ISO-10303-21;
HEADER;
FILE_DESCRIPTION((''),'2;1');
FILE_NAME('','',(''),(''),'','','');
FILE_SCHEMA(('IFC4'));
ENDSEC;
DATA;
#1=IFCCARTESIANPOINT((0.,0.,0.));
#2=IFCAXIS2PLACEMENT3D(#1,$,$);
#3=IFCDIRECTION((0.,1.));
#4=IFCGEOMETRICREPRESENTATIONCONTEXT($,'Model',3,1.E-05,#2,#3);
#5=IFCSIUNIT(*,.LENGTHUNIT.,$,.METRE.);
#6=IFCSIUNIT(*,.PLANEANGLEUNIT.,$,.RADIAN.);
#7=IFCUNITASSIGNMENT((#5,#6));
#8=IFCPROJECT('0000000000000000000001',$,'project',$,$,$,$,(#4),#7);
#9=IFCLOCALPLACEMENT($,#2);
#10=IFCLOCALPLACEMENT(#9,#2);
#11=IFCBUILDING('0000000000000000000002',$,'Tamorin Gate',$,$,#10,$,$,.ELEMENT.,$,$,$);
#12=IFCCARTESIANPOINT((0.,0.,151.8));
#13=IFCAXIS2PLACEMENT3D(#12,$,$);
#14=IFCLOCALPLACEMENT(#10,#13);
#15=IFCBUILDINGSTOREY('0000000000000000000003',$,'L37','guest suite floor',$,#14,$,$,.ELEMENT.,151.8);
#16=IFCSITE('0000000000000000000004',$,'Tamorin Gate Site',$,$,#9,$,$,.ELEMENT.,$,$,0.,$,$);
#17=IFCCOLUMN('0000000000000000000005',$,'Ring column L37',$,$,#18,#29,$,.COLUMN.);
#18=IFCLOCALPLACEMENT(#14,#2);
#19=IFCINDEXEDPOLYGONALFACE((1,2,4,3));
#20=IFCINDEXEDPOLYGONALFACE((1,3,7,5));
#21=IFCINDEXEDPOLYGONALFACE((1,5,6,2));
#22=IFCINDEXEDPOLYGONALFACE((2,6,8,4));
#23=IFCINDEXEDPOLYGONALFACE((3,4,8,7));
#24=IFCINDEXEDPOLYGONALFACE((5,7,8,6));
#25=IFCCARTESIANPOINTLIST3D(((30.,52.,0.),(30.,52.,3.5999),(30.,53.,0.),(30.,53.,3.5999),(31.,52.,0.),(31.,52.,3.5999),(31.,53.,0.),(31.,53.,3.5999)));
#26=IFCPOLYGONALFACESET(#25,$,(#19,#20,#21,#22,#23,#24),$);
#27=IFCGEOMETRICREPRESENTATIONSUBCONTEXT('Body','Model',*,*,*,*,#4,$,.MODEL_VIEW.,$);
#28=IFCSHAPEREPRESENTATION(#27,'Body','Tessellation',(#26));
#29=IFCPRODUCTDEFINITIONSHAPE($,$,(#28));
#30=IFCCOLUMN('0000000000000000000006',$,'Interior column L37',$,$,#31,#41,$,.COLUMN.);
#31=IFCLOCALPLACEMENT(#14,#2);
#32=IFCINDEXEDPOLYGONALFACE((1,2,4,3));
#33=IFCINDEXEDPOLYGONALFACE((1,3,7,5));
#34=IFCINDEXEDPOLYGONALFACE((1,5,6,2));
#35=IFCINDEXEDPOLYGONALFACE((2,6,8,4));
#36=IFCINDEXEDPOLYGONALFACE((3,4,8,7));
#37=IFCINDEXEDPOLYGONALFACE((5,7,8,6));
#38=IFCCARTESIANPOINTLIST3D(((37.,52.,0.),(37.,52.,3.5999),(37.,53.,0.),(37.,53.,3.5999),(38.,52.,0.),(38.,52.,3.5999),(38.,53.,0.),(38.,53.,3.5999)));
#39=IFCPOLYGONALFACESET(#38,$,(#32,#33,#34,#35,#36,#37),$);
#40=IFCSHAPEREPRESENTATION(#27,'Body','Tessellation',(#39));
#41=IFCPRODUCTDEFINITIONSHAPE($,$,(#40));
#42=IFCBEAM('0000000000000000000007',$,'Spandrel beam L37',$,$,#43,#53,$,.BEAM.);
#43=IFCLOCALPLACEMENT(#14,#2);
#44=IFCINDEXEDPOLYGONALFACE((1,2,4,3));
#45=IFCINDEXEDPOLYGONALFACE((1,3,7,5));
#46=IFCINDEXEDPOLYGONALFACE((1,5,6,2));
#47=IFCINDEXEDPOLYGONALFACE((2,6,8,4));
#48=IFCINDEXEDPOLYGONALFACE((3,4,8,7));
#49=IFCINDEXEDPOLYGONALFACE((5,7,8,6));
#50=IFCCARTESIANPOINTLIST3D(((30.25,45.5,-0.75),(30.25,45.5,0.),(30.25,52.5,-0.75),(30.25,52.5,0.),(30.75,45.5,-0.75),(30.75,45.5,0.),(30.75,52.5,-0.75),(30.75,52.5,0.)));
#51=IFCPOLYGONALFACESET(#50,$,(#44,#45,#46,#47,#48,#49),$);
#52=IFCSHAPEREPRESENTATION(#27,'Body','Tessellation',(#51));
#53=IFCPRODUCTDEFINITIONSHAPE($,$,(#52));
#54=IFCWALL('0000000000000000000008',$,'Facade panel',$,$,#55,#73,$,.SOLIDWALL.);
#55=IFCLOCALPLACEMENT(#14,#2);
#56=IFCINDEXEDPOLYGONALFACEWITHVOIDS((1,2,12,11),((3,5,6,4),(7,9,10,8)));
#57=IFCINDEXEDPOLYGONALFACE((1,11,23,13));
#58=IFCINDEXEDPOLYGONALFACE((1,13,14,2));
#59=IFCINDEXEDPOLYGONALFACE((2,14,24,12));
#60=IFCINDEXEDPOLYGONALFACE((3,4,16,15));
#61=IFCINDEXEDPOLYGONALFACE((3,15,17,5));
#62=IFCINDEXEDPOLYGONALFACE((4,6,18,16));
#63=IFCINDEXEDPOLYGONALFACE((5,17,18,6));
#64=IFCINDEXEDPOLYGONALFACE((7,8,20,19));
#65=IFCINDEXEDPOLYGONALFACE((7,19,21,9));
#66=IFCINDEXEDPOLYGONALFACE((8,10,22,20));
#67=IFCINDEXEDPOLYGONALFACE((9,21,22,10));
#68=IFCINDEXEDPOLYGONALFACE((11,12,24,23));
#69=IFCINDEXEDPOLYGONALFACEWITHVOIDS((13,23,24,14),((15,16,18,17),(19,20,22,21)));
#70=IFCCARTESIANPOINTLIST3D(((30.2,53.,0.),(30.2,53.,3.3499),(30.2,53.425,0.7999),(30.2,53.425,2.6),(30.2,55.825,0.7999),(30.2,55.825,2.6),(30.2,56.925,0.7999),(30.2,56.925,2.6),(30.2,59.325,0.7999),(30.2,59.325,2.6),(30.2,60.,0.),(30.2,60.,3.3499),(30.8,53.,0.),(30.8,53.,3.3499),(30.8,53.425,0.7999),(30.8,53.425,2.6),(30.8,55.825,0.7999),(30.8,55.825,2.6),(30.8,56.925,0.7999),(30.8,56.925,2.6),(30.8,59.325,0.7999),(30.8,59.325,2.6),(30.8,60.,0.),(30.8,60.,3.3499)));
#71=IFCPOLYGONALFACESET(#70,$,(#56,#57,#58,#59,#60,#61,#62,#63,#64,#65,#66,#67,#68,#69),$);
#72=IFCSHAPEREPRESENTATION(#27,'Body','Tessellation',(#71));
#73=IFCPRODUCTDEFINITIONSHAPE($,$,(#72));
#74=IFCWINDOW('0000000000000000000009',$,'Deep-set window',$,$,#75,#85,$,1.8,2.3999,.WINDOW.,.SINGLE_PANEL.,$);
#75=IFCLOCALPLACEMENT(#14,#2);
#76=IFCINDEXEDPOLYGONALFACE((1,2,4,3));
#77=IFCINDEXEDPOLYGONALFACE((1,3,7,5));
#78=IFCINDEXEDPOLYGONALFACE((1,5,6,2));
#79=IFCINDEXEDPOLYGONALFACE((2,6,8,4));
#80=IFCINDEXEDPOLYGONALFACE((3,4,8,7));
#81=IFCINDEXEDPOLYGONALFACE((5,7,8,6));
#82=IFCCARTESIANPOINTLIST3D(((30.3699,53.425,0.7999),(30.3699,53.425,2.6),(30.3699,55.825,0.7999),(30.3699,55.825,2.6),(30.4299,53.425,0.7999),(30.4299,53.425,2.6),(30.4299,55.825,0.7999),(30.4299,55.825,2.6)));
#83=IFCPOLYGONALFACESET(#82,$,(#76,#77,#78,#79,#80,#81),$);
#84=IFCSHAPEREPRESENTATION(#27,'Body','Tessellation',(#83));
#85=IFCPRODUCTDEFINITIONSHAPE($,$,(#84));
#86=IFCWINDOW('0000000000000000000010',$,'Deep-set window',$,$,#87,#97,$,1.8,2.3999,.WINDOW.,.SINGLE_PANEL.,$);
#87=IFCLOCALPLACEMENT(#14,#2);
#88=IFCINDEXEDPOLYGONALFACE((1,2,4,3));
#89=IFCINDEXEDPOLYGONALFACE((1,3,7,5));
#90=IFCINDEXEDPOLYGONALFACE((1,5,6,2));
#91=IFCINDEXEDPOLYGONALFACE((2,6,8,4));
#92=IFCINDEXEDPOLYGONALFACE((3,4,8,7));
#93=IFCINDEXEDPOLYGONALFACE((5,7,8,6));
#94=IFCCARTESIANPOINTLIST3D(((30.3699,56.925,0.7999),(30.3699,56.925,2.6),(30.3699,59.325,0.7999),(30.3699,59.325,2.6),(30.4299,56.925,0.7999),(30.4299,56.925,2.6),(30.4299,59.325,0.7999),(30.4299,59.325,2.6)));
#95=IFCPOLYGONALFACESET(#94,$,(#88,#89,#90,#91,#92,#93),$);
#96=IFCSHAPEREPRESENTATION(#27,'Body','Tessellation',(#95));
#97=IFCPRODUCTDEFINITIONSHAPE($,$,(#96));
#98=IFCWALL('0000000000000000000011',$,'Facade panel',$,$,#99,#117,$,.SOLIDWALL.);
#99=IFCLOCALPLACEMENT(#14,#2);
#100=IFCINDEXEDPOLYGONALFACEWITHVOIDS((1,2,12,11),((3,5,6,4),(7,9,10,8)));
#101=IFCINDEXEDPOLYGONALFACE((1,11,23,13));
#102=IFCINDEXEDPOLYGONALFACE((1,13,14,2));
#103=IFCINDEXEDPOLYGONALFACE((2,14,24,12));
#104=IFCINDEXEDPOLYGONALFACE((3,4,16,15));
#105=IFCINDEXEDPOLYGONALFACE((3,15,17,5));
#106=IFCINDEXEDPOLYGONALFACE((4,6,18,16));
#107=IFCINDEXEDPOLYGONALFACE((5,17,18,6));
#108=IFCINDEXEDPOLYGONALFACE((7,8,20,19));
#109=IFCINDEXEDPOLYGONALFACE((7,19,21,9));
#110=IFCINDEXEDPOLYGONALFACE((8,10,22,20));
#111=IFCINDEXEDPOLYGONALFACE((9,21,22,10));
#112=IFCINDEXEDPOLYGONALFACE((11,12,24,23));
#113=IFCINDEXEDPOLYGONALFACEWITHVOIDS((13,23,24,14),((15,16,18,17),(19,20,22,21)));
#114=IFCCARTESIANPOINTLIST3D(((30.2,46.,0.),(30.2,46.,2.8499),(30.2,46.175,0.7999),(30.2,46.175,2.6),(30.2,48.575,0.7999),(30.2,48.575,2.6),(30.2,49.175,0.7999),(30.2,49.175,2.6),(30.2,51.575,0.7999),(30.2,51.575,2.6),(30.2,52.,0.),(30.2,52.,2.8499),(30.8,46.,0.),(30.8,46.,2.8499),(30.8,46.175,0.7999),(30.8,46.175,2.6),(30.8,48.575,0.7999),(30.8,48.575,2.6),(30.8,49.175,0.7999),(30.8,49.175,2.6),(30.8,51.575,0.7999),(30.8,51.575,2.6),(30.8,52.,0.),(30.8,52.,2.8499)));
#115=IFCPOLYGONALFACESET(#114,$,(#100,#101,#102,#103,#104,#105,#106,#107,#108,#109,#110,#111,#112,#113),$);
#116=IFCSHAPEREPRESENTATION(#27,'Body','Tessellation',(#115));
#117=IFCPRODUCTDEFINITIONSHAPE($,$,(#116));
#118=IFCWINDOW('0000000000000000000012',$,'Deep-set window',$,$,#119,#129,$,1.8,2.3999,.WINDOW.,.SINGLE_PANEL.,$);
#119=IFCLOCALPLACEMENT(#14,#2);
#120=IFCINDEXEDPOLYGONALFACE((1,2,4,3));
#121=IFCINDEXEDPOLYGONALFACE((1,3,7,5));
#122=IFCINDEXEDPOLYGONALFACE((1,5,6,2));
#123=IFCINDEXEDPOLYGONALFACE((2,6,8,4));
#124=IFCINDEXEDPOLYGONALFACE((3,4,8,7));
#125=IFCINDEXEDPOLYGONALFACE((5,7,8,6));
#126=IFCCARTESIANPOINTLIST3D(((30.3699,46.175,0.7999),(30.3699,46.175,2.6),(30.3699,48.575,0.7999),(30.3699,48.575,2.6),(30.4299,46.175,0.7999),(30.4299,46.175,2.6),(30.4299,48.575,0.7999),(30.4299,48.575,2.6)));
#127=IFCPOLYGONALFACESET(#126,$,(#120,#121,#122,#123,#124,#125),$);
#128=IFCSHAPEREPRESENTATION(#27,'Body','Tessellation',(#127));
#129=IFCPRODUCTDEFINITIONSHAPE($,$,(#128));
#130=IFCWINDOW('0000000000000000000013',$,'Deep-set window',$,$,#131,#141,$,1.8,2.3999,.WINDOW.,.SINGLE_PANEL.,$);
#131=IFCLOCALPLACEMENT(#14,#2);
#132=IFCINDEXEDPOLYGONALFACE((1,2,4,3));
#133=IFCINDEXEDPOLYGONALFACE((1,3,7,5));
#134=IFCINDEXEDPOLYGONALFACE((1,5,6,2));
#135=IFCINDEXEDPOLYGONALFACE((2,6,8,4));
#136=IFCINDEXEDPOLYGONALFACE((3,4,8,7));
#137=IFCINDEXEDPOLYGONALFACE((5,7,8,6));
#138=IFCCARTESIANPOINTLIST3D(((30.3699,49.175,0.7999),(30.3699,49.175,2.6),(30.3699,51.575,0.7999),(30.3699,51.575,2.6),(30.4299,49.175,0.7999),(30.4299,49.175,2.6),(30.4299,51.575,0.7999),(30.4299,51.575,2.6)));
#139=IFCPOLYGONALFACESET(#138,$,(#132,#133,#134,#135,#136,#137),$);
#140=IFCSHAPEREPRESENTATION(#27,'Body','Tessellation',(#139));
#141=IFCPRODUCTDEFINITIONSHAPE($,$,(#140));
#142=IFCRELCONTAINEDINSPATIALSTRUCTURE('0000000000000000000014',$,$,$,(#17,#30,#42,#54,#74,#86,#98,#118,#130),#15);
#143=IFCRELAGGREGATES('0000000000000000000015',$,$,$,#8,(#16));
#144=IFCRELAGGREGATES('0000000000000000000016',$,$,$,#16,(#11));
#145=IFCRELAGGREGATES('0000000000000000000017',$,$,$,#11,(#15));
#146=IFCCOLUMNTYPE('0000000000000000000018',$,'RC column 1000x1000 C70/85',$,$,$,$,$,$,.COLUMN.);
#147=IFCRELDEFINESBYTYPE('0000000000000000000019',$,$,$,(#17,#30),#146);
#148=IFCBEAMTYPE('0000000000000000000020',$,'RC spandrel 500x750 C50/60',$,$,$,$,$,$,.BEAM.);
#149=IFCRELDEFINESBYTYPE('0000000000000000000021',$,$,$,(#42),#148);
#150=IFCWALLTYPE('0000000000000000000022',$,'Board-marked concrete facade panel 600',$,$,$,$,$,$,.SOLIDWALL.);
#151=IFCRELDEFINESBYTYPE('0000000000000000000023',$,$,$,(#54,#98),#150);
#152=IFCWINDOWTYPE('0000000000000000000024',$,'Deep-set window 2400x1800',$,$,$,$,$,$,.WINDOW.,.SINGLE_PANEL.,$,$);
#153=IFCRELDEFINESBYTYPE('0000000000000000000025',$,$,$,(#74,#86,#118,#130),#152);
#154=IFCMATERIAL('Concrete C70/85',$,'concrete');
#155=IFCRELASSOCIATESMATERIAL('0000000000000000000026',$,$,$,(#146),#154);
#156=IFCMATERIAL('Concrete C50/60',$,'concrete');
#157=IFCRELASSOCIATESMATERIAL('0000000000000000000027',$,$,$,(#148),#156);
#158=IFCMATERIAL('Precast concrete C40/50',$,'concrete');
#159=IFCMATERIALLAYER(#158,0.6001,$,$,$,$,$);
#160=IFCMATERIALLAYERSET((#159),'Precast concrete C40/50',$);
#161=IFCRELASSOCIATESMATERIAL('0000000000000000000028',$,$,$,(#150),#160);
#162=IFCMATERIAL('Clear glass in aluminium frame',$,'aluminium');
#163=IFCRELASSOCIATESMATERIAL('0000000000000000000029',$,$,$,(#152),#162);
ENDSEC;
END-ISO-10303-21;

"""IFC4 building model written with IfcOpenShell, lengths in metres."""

from ifc_helpers import new_model, si_unit, direction, frame, frame_2d, origin, origin_2d, place, context, subcontext, project, spatial, rectangle, extrude, material, layer, layer_set, material_profile, profile_set, type_object, element, fill, save


model = new_model("IFC4")

# Units and contexts
model_context = context("Model", 3, precision=1e-05, world=origin(), true_north=direction((0.0, 1.0)))
body_context = subcontext(model_context, "Body", "Model", "MODEL_VIEW")
ifc_project = project(units=[si_unit("LENGTHUNIT", "METRE"), si_unit("PLANEANGLEUNIT", "RADIAN")], contexts=[model_context])

# Site, building, storey
site_placement = place(None, origin())
site = spatial("IfcSite", under=ifc_project, at=site_placement, Name="Tamorin Gate Site", CompositionType="ELEMENT", RefElevation=0.0)
building_placement = place(site_placement, origin())
building = spatial("IfcBuilding", under=site, at=building_placement, Name="Tamorin Gate", CompositionType="ELEMENT")
storey_placement = place(building_placement, frame((0.0, 0.0, 151.8)))
storey = spatial("IfcBuildingStorey", under=building, at=storey_placement, Name="L37", Description="guest suite floor", CompositionType="ELEMENT", Elevation=151.8)

# Columns
ifc_material_1 = material(Name="Concrete C70/85", Category="concrete")
ifc_material_profile_1 = material_profile(ifc_material_1, rectangle(XDim=1.0, YDim=1.0, at=origin_2d()), Name="RC 1000x1000")
ifc_profile_set_1 = profile_set([ifc_material_profile_1], Name="Concrete C70/85")
column_type = type_object("IfcColumnType", Name="RC column 1000x1000 C70/85", PredefinedType="COLUMN", material=ifc_profile_set_1)
for number, where, z_axis, x_axis, name in (
    (1, (30.5, 52.5, 0.0), (0.0, 0.0, 1.0), (1.0, 0.0, 0.0), "Ring column L37"),
    (2, (37.5, 52.5, 0.0), (0.0, 0.0, 1.0), (1.0, 0.0, 0.0), "Interior column L37"),
):
    element("IfcColumn", number, at=place(storey_placement, frame(where, z_axis=z_axis, x_axis=x_axis)), inside=storey, type_object=column_type, Name=name, PredefinedType="COLUMN", context=body_context, shape_type="SweptSolid", body=[
        extrude(rectangle(XDim=1.0, YDim=1.0, at=origin_2d()), origin(), (0.0, 0.0, 1.0), 3.5999),
    ])

# Beam
ifc_material_2 = material(Name="Concrete C50/60", Category="concrete")
ifc_material_profile_2 = material_profile(ifc_material_2, rectangle(XDim=0.5, YDim=0.75, at=origin_2d()), Name="RC 500x750")
ifc_profile_set_2 = profile_set([ifc_material_profile_2], Name="Concrete C50/60")
beam_type = type_object("IfcBeamType", Name="RC spandrel 500x750 C50/60", PredefinedType="BEAM", material=ifc_profile_set_2)
beam_placement = place(storey_placement, frame((30.5, 52.5, -0.375), z_axis=(0.0, -1.0, 0.0), x_axis=(1.0, 0.0, 0.0)))
element("IfcBeam", 3, at=beam_placement, inside=storey, type_object=beam_type, Name="Spandrel beam L37", PredefinedType="BEAM", context=body_context, shape_type="SweptSolid", body=[
    extrude(rectangle(XDim=0.5, YDim=0.75, at=origin_2d()), origin(), (0.0, 0.0, 1.0), 7.0),
])

# Walls, openings, windows
ifc_material_3 = material(Name="Precast concrete C40/50", Category="concrete")
ifc_layer_1 = layer(ifc_material_3, 0.6001)
ifc_layer_set_1 = layer_set([ifc_layer_1], Name="Precast concrete C40/50")
wall_type_1 = type_object("IfcWallType", Name="Board-marked concrete facade panel 600", PredefinedType="SOLIDWALL", material=ifc_layer_set_1)
wall_1_placement = place(storey_placement, frame((30.5, 60.0, 0.0), z_axis=(0.0, 0.0, 1.0), x_axis=(0.0, -1.0, 0.0)))
wall_1 = element("IfcWall", 4, at=wall_1_placement, inside=storey, type_object=wall_type_1, Name="Facade panel", PredefinedType="SOLIDWALL", context=body_context, shape_type="SweptSolid", body=[
    extrude(rectangle(XDim=7.0, YDim=0.6001, at=frame_2d((3.5, 0.0))), origin(), (0.0, 0.0, 1.0), 3.3499),
])
opening_1_placement = place(wall_1_placement, frame((4.175, 0.0, 0.8)))
opening_1 = element("IfcOpeningElement", 5, at=opening_1_placement, cuts=wall_1, PredefinedType="OPENING", context=body_context, shape_type="SweptSolid", body=[
    extrude(rectangle(XDim=2.3999, YDim=1.8, at=frame_2d((1.2, 0.8999))), frame((0.0, 0.3101, 0.0), z_axis=(0.0, -1.0, 0.0), x_axis=(1.0, 0.0, 0.0)), (0.0, 0.0, 1.0), 0.6201),
])
opening_2_placement = place(wall_1_placement, frame((0.675, 0.0, 0.8)))
opening_2 = element("IfcOpeningElement", 6, at=opening_2_placement, cuts=wall_1, PredefinedType="OPENING", context=body_context, shape_type="SweptSolid", body=[
    extrude(rectangle(XDim=2.3999, YDim=1.8, at=frame_2d((1.2, 0.8999))), frame((0.0, 0.3101, 0.0), z_axis=(0.0, -1.0, 0.0), x_axis=(1.0, 0.0, 0.0)), (0.0, 0.0, 1.0), 0.6201),
])
ifc_material_4 = material(Name="Clear glass in aluminium frame", Category="aluminium")
window_type = type_object("IfcWindowType", Name="Deep-set window 2400x1800", PartitioningType="SINGLE_PANEL", PredefinedType="WINDOW", material=ifc_material_4)
window_1_placement = place(opening_1_placement, origin())
window_1 = element("IfcWindow", 7, at=window_1_placement, inside=storey, type_object=window_type, Name="Deep-set window", OverallHeight=1.8, OverallWidth=2.3999, PartitioningType="SINGLE_PANEL", PredefinedType="WINDOW", context=body_context, shape_type="SweptSolid", body=[
    extrude(rectangle(XDim=2.3999, YDim=1.8, at=frame_2d((1.2, 0.8999))), frame((0.0, -0.0701, 0.0), z_axis=(0.0, -1.0, 0.0), x_axis=(1.0, 0.0, 0.0)), (0.0, 0.0, 1.0), 0.0601),
])
fill(opening_1, window_1)
window_2_placement = place(opening_2_placement, origin())
window_2 = element("IfcWindow", 8, at=window_2_placement, inside=storey, type_object=window_type, Name="Deep-set window", OverallHeight=1.8, OverallWidth=2.3999, PartitioningType="SINGLE_PANEL", PredefinedType="WINDOW", context=body_context, shape_type="SweptSolid", body=[
    extrude(rectangle(XDim=2.3999, YDim=1.8, at=frame_2d((1.2, 0.8999))), frame((0.0, -0.0701, 0.0), z_axis=(0.0, -1.0, 0.0), x_axis=(1.0, 0.0, 0.0)), (0.0, 0.0, 1.0), 0.0601),
])
fill(opening_2, window_2)
wall_2_placement = place(storey_placement, frame((30.5, 52.0, 0.0), z_axis=(0.0, 0.0, 1.0), x_axis=(0.0, -1.0, 0.0)))
wall_2 = element("IfcWall", 9, at=wall_2_placement, inside=storey, type_object=wall_type_1, Name="Facade panel", PredefinedType="SOLIDWALL", context=body_context, shape_type="SweptSolid", body=[
    extrude(rectangle(XDim=6.0, YDim=0.6001, at=frame_2d((3.0, 0.0))), origin(), (0.0, 0.0, 1.0), 2.8499),
])
opening_3_placement = place(wall_2_placement, frame((3.425, 0.0, 0.8)))
opening_3 = element("IfcOpeningElement", 10, at=opening_3_placement, cuts=wall_2, PredefinedType="OPENING", context=body_context, shape_type="SweptSolid", body=[
    extrude(rectangle(XDim=2.3999, YDim=1.8, at=frame_2d((1.2, 0.8999))), frame((0.0, 0.3101, 0.0), z_axis=(0.0, -1.0, 0.0), x_axis=(1.0, 0.0, 0.0)), (0.0, 0.0, 1.0), 0.6201),
])
opening_4_placement = place(wall_2_placement, frame((0.425, 0.0, 0.8)))
opening_4 = element("IfcOpeningElement", 11, at=opening_4_placement, cuts=wall_2, PredefinedType="OPENING", context=body_context, shape_type="SweptSolid", body=[
    extrude(rectangle(XDim=2.3999, YDim=1.8, at=frame_2d((1.2, 0.8999))), frame((0.0, 0.3101, 0.0), z_axis=(0.0, -1.0, 0.0), x_axis=(1.0, 0.0, 0.0)), (0.0, 0.0, 1.0), 0.6201),
])
window_3_placement = place(opening_3_placement, origin())
window_3 = element("IfcWindow", 12, at=window_3_placement, inside=storey, type_object=window_type, Name="Deep-set window", OverallHeight=1.8, OverallWidth=2.3999, PartitioningType="SINGLE_PANEL", PredefinedType="WINDOW", context=body_context, shape_type="SweptSolid", body=[
    extrude(rectangle(XDim=2.3999, YDim=1.8, at=frame_2d((1.2, 0.8999))), frame((0.0, -0.0701, 0.0), z_axis=(0.0, -1.0, 0.0), x_axis=(1.0, 0.0, 0.0)), (0.0, 0.0, 1.0), 0.0601),
])
fill(opening_3, window_3)
window_4_placement = place(opening_4_placement, origin())
window_4 = element("IfcWindow", 13, at=window_4_placement, inside=storey, type_object=window_type, Name="Deep-set window", OverallHeight=1.8, OverallWidth=2.3999, PartitioningType="SINGLE_PANEL", PredefinedType="WINDOW", context=body_context, shape_type="SweptSolid", body=[
    extrude(rectangle(XDim=2.3999, YDim=1.8, at=frame_2d((1.2, 0.8999))), frame((0.0, -0.0701, 0.0), z_axis=(0.0, -1.0, 0.0), x_axis=(1.0, 0.0, 0.0)), (0.0, 0.0, 1.0), 0.0601),
])
fill(opening_4, window_4)

save(model, "model.ifc")
